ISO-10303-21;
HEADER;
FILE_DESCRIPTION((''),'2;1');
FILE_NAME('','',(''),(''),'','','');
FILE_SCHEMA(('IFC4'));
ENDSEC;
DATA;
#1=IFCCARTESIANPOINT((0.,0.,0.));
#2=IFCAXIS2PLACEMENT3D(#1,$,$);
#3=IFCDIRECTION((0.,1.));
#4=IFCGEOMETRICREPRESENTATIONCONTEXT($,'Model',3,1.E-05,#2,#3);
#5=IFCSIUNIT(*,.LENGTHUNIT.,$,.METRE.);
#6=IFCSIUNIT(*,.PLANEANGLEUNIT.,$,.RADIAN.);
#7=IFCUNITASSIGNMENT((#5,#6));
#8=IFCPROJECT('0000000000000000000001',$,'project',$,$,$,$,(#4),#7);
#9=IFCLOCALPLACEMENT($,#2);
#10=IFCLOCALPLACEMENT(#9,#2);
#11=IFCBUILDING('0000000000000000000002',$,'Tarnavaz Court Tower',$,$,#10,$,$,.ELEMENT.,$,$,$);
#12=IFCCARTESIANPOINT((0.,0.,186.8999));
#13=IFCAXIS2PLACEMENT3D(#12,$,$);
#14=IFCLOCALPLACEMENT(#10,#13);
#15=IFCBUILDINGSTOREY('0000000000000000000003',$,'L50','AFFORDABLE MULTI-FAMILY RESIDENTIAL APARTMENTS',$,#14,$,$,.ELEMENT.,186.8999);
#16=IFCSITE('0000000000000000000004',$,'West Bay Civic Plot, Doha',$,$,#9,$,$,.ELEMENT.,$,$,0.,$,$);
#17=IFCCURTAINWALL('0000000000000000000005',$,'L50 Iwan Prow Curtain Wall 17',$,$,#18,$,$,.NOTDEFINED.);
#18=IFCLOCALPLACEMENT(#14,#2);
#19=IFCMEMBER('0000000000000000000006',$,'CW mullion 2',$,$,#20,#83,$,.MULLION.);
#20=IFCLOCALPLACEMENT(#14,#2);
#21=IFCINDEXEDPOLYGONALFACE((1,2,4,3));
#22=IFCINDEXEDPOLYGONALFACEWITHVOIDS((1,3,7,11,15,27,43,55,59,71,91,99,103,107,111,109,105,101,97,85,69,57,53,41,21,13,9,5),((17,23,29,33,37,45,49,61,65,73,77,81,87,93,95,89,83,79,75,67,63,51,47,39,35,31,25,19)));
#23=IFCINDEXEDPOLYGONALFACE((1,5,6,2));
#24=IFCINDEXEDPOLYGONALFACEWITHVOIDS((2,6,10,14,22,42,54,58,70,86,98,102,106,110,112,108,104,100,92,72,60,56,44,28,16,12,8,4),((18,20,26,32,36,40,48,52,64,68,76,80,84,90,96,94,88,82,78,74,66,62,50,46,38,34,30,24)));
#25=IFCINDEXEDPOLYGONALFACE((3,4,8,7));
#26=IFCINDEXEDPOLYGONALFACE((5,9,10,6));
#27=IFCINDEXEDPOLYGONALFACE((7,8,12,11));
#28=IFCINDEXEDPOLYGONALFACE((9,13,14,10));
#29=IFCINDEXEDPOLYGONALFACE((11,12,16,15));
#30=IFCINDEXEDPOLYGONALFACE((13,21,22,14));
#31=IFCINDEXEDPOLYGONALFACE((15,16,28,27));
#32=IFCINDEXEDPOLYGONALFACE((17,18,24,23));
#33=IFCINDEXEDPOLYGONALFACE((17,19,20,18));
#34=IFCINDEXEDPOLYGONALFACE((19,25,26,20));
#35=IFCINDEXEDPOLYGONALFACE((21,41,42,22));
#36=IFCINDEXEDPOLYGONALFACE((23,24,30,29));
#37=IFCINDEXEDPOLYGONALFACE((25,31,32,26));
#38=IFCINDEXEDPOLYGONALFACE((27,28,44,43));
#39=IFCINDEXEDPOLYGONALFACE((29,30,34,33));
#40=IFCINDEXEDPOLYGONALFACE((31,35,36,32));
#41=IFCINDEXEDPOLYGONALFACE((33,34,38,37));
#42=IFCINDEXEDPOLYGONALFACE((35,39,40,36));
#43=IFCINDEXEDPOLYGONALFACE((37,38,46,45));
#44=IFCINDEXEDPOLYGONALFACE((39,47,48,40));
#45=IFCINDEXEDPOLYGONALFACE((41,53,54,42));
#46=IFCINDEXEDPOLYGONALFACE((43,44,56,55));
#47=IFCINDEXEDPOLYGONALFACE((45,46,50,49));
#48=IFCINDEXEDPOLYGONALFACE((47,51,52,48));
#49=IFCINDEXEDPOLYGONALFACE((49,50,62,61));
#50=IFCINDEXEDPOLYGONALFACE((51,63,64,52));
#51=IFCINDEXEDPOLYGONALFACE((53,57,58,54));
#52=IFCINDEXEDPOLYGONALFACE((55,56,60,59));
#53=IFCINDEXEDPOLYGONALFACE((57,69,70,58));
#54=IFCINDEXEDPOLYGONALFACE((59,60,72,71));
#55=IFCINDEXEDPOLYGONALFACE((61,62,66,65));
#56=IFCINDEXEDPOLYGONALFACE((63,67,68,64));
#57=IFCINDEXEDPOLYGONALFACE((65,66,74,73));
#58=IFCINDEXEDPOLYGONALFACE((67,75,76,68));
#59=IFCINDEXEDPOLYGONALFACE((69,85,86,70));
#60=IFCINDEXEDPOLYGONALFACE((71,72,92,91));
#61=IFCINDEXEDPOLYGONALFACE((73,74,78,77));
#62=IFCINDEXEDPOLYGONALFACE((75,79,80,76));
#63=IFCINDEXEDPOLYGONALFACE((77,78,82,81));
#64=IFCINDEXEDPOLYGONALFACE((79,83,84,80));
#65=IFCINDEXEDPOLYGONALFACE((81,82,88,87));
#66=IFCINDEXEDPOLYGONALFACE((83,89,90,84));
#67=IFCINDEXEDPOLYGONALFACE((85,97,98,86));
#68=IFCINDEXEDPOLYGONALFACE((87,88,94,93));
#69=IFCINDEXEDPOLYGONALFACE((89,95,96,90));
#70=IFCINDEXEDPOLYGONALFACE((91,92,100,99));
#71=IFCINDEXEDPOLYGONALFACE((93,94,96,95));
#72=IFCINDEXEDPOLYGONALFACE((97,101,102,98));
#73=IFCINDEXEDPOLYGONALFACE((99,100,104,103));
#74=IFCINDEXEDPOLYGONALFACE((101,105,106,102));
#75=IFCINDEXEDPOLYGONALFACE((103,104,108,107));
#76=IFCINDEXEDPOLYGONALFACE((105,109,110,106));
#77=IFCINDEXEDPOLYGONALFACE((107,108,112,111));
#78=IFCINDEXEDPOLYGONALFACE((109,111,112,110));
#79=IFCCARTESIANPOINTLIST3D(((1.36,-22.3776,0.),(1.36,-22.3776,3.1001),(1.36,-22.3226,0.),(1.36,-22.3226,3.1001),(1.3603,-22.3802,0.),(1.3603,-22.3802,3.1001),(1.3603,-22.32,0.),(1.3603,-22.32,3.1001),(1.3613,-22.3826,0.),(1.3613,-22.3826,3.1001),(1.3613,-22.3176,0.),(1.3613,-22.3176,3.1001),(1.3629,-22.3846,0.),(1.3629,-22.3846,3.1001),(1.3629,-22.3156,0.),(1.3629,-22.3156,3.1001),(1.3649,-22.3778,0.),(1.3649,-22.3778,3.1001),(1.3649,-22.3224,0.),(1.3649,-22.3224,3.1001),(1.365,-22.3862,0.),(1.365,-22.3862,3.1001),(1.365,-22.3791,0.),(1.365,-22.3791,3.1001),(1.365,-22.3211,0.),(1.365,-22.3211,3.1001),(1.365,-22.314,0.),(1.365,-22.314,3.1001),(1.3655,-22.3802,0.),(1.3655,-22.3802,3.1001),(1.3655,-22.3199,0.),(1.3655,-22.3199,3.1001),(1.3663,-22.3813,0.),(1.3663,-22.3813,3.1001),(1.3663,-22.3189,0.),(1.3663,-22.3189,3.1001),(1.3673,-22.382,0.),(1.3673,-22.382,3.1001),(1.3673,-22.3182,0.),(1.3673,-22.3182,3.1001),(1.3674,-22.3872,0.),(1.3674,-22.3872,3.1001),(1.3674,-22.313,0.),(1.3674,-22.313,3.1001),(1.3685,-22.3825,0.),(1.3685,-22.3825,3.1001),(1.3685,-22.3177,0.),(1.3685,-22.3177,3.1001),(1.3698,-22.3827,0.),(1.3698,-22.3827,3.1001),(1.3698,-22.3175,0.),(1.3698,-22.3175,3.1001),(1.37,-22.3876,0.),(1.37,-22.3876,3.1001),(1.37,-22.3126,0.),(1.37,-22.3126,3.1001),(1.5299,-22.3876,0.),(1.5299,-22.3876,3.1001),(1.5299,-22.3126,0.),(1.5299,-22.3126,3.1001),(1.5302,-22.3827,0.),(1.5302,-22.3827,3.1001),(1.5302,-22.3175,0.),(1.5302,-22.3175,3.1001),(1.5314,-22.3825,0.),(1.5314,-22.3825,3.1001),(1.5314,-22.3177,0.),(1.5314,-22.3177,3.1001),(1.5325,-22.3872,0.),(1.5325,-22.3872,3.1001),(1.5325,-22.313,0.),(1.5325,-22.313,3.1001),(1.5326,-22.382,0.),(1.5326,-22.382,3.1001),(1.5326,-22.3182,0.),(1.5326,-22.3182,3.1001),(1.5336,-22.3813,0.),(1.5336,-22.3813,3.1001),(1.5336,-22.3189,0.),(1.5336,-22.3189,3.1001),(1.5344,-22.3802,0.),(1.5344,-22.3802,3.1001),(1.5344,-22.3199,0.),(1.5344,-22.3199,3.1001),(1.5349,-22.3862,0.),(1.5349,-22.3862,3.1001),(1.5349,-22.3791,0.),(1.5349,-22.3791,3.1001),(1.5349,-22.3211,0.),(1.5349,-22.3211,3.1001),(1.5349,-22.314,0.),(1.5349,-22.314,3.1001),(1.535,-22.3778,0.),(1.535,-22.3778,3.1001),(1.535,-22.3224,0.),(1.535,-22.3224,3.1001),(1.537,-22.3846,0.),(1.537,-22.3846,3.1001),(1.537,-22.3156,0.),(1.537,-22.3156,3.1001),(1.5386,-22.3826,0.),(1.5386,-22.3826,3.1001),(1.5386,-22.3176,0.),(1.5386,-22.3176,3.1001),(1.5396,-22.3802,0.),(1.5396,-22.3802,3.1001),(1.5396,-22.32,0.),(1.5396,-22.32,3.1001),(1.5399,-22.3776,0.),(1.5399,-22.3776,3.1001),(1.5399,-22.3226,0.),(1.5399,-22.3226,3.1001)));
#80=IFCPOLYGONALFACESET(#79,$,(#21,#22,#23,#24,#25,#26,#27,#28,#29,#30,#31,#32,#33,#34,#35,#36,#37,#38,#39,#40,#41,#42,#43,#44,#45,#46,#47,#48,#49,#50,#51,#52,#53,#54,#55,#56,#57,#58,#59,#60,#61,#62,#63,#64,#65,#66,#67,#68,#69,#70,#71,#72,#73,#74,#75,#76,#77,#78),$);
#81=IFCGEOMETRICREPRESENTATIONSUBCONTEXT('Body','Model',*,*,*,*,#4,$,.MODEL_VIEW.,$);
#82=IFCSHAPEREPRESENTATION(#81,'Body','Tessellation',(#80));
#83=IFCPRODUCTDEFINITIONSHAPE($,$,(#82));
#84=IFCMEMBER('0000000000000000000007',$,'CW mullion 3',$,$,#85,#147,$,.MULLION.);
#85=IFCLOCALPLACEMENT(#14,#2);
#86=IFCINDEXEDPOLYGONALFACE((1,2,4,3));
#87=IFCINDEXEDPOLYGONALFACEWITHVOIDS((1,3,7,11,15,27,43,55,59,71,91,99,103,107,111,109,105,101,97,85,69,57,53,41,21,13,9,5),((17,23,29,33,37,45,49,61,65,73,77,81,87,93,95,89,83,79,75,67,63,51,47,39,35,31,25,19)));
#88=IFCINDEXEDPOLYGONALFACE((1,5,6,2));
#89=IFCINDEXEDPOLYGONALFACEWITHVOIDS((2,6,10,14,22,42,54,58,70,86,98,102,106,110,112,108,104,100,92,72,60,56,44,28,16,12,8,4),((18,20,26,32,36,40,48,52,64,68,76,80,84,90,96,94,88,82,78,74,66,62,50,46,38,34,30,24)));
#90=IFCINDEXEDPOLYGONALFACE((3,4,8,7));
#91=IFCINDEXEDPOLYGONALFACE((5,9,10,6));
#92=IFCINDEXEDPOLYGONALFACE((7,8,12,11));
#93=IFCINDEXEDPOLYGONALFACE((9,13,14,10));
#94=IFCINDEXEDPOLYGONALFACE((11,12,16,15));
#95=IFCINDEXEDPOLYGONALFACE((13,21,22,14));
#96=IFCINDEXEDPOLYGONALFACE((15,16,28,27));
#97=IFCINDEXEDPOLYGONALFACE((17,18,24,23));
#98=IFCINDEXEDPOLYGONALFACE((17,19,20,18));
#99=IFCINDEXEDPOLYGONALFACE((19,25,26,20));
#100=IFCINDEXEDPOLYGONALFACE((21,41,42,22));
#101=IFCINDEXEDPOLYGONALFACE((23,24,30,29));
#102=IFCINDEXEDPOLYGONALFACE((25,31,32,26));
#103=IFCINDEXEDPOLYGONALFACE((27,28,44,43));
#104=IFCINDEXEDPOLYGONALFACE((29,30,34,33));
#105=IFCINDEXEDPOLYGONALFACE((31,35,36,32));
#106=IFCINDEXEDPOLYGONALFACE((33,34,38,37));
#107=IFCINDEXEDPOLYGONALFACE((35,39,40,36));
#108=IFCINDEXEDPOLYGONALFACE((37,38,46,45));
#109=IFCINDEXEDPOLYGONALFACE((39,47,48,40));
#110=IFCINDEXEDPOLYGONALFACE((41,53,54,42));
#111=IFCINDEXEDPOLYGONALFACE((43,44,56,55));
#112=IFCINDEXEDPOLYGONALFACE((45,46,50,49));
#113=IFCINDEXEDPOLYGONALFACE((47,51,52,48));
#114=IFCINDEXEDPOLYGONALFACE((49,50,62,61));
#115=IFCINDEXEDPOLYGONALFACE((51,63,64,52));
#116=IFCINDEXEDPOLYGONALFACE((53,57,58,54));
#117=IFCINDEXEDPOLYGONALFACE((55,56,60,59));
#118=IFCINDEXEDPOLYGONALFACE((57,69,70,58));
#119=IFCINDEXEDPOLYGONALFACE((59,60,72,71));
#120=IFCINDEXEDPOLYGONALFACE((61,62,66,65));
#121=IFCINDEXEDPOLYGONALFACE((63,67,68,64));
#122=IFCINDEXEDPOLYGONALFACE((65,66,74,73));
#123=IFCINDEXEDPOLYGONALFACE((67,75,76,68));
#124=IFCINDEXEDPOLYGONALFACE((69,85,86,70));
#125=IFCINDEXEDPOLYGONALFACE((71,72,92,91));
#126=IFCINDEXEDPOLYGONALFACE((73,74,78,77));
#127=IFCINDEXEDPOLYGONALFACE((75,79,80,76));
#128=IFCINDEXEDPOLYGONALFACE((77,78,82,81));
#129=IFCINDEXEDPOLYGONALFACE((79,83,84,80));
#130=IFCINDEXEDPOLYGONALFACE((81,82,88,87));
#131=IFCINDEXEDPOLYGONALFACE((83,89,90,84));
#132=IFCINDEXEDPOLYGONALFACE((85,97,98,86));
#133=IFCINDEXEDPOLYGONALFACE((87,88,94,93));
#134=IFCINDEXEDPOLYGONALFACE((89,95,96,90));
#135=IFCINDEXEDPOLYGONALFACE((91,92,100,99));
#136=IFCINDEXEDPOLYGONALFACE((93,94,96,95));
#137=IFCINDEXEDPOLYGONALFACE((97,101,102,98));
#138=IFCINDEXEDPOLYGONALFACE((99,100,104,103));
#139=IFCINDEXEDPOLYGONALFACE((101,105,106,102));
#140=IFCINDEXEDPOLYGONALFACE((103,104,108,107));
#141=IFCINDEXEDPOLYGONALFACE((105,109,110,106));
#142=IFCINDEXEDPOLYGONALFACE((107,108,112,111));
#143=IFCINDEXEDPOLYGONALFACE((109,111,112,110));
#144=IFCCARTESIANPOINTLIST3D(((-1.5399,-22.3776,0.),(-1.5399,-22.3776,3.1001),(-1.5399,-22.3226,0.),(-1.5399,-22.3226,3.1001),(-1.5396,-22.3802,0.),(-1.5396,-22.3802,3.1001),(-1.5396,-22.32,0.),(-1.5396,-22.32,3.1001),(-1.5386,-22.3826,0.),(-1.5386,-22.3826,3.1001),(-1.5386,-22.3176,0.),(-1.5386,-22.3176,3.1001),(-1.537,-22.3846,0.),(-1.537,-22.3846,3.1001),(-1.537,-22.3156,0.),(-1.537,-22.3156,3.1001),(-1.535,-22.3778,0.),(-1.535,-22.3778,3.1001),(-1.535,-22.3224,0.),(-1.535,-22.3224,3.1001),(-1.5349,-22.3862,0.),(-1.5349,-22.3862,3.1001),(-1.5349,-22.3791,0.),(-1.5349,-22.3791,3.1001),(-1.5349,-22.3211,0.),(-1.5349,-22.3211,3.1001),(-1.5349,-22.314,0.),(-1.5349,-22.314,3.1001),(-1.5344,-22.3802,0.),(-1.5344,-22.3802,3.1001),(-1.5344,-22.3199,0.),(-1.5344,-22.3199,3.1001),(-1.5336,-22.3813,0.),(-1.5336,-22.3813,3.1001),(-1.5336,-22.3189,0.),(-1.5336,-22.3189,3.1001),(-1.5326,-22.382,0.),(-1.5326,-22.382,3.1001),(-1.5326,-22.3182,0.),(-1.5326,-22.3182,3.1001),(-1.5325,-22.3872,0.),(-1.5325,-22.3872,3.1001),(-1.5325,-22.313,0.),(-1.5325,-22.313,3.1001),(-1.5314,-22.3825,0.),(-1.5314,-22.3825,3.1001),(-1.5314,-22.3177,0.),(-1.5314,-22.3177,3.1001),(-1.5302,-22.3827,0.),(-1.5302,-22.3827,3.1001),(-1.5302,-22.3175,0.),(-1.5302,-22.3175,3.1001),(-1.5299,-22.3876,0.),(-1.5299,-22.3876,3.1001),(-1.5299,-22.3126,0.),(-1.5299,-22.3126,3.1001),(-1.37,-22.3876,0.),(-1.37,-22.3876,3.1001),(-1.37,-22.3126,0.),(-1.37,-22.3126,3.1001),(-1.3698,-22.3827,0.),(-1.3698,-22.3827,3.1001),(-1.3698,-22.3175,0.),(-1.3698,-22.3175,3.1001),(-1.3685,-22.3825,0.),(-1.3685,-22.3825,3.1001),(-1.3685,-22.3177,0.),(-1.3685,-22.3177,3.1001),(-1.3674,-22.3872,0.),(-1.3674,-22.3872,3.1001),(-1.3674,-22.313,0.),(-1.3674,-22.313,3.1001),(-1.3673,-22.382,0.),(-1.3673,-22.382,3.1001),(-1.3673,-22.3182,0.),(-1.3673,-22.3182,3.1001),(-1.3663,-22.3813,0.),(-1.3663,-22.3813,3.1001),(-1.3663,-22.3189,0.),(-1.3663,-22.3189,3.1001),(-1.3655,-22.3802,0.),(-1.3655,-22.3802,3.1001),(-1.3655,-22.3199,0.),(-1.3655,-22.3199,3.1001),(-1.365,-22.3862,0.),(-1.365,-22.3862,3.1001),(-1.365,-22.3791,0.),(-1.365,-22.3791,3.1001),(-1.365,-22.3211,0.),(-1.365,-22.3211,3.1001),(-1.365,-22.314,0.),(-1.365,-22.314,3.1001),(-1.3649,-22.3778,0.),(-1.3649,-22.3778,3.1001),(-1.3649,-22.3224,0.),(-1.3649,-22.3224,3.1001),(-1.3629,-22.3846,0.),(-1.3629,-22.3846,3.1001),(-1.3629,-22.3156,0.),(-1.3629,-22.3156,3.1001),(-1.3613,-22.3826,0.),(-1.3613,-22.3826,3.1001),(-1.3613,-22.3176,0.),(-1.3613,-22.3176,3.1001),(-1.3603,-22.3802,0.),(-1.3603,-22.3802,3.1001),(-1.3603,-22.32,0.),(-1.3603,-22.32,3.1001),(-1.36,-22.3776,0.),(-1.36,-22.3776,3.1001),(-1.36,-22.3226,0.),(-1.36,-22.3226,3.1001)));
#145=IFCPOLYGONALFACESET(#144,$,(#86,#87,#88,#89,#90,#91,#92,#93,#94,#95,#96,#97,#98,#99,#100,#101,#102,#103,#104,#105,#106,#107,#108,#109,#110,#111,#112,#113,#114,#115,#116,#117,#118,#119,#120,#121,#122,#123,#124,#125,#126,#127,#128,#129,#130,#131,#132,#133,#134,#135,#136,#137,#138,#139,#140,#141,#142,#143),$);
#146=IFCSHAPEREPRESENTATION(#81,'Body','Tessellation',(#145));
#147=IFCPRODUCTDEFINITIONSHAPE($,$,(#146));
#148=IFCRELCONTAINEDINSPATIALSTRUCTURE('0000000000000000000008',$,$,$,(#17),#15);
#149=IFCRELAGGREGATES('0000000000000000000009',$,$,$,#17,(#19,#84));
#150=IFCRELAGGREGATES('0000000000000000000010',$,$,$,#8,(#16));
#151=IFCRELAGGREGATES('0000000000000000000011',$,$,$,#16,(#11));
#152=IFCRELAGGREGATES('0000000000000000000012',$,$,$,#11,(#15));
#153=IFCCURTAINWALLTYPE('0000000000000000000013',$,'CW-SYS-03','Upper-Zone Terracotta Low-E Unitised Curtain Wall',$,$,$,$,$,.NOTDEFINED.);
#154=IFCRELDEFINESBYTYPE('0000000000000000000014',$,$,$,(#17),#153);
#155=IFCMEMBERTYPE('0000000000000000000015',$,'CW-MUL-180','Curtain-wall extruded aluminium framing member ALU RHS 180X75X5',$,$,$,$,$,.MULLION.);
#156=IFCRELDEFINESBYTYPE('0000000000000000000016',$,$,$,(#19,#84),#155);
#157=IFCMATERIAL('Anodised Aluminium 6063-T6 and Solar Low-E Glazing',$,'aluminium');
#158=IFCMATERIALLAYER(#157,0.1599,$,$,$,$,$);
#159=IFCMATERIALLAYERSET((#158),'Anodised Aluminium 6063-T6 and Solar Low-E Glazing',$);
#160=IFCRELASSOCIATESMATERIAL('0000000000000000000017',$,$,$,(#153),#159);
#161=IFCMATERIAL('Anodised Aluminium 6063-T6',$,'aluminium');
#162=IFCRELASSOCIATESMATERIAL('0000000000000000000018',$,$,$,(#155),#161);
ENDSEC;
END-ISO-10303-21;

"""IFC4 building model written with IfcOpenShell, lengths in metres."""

from ifc_helpers import new_model, si_unit, direction, frame, origin, origin_2d, place, context, subcontext, project, spatial, hollow_rectangle, extrude, material, layer, layer_set, material_profile, profile_set, type_object, element, aggregate, save


model = new_model("IFC4")

# Units and contexts
model_context = context("Model", 3, precision=1e-05, world=origin(), true_north=direction((0.0, 1.0)))
body_context = subcontext(model_context, "Body", "Model", "MODEL_VIEW")
ifc_project = project(units=[si_unit("LENGTHUNIT", "METRE"), si_unit("PLANEANGLEUNIT", "RADIAN")], contexts=[model_context])

# Site, building, storey
site_placement = place(None, origin())
site = spatial("IfcSite", under=ifc_project, at=site_placement, Name="West Bay Civic Plot, Doha", CompositionType="ELEMENT", RefElevation=0.0)
building_placement = place(site_placement, origin())
building = spatial("IfcBuilding", under=site, at=building_placement, Name="Tarnavaz Court Tower", CompositionType="ELEMENT")
storey_placement = place(building_placement, frame((0.0, 0.0, 186.8999)))
storey = spatial("IfcBuildingStorey", under=building, at=storey_placement, Name="L50", Description="AFFORDABLE MULTI-FAMILY RESIDENTIAL APARTMENTS", CompositionType="ELEMENT", Elevation=186.8999)

# Curtain wall, members
ifc_material_1 = material(Name="Anodised Aluminium 6063-T6 and Solar Low-E Glazing", Category="aluminium")
ifc_layer_1 = layer(ifc_material_1, 0.1599)
ifc_layer_set_1 = layer_set([ifc_layer_1], Name="Anodised Aluminium 6063-T6 and Solar Low-E Glazing")
curtain_wall_type = type_object("IfcCurtainWallType", Name="CW-SYS-03", Description="Upper-Zone Terracotta Low-E Unitised Curtain Wall", PredefinedType="NOTDEFINED", material=ifc_layer_set_1)
curtain_wall_placement = place(storey_placement, origin())
curtain_wall = element("IfcCurtainWall", 1, at=curtain_wall_placement, inside=storey, type_object=curtain_wall_type, Name="L50 Iwan Prow Curtain Wall 17", PredefinedType="NOTDEFINED")
ifc_material_2 = material(Name="Anodised Aluminium 6063-T6", Category="aluminium")
ifc_material_profile_1 = material_profile(ifc_material_2, hollow_rectangle(XDim=0.075, YDim=0.1799, WallThickness=0.0049, InnerFilletRadius=0.0049, OuterFilletRadius=0.01, at=origin_2d()), Name="ALU RHS 180X75X5")
ifc_profile_set_1 = profile_set([ifc_material_profile_1], Name="Anodised Aluminium 6063-T6")
member_type_1 = type_object("IfcMemberType", Name="CW-MUL-180", Description="Curtain-wall extruded aluminium framing member ALU RHS 180X75X5", PredefinedType="MULLION", material=ifc_profile_set_1)
member_1_placement = place(storey_placement, frame((1.45, -22.3501, 0.0), z_axis=(0.0, 0.0, 1.0), x_axis=(0.0, -1.0, 0.0)))
member_1 = element("IfcMember", 2, at=member_1_placement, type_object=member_type_1, Name="CW mullion 2", PredefinedType="MULLION", context=body_context, shape_type="SweptSolid", body=[
    extrude(hollow_rectangle(XDim=0.075, YDim=0.1799, WallThickness=0.0049, InnerFilletRadius=0.0049, OuterFilletRadius=0.01, at=origin_2d()), origin(), (0.0, 0.0, 1.0), 3.1001),
])
member_2_placement = place(storey_placement, frame((-1.45, -22.3501, 0.0), z_axis=(0.0, 0.0, 1.0), x_axis=(0.0, -1.0, 0.0)))
member_2 = element("IfcMember", 3, at=member_2_placement, type_object=member_type_1, Name="CW mullion 3", PredefinedType="MULLION", context=body_context, shape_type="SweptSolid", body=[
    extrude(hollow_rectangle(XDim=0.075, YDim=0.1799, WallThickness=0.0049, InnerFilletRadius=0.0049, OuterFilletRadius=0.01, at=origin_2d()), origin(), (0.0, 0.0, 1.0), 3.1001),
])
aggregate(curtain_wall, [member_1, member_2])

save(model, "model.ifc")
